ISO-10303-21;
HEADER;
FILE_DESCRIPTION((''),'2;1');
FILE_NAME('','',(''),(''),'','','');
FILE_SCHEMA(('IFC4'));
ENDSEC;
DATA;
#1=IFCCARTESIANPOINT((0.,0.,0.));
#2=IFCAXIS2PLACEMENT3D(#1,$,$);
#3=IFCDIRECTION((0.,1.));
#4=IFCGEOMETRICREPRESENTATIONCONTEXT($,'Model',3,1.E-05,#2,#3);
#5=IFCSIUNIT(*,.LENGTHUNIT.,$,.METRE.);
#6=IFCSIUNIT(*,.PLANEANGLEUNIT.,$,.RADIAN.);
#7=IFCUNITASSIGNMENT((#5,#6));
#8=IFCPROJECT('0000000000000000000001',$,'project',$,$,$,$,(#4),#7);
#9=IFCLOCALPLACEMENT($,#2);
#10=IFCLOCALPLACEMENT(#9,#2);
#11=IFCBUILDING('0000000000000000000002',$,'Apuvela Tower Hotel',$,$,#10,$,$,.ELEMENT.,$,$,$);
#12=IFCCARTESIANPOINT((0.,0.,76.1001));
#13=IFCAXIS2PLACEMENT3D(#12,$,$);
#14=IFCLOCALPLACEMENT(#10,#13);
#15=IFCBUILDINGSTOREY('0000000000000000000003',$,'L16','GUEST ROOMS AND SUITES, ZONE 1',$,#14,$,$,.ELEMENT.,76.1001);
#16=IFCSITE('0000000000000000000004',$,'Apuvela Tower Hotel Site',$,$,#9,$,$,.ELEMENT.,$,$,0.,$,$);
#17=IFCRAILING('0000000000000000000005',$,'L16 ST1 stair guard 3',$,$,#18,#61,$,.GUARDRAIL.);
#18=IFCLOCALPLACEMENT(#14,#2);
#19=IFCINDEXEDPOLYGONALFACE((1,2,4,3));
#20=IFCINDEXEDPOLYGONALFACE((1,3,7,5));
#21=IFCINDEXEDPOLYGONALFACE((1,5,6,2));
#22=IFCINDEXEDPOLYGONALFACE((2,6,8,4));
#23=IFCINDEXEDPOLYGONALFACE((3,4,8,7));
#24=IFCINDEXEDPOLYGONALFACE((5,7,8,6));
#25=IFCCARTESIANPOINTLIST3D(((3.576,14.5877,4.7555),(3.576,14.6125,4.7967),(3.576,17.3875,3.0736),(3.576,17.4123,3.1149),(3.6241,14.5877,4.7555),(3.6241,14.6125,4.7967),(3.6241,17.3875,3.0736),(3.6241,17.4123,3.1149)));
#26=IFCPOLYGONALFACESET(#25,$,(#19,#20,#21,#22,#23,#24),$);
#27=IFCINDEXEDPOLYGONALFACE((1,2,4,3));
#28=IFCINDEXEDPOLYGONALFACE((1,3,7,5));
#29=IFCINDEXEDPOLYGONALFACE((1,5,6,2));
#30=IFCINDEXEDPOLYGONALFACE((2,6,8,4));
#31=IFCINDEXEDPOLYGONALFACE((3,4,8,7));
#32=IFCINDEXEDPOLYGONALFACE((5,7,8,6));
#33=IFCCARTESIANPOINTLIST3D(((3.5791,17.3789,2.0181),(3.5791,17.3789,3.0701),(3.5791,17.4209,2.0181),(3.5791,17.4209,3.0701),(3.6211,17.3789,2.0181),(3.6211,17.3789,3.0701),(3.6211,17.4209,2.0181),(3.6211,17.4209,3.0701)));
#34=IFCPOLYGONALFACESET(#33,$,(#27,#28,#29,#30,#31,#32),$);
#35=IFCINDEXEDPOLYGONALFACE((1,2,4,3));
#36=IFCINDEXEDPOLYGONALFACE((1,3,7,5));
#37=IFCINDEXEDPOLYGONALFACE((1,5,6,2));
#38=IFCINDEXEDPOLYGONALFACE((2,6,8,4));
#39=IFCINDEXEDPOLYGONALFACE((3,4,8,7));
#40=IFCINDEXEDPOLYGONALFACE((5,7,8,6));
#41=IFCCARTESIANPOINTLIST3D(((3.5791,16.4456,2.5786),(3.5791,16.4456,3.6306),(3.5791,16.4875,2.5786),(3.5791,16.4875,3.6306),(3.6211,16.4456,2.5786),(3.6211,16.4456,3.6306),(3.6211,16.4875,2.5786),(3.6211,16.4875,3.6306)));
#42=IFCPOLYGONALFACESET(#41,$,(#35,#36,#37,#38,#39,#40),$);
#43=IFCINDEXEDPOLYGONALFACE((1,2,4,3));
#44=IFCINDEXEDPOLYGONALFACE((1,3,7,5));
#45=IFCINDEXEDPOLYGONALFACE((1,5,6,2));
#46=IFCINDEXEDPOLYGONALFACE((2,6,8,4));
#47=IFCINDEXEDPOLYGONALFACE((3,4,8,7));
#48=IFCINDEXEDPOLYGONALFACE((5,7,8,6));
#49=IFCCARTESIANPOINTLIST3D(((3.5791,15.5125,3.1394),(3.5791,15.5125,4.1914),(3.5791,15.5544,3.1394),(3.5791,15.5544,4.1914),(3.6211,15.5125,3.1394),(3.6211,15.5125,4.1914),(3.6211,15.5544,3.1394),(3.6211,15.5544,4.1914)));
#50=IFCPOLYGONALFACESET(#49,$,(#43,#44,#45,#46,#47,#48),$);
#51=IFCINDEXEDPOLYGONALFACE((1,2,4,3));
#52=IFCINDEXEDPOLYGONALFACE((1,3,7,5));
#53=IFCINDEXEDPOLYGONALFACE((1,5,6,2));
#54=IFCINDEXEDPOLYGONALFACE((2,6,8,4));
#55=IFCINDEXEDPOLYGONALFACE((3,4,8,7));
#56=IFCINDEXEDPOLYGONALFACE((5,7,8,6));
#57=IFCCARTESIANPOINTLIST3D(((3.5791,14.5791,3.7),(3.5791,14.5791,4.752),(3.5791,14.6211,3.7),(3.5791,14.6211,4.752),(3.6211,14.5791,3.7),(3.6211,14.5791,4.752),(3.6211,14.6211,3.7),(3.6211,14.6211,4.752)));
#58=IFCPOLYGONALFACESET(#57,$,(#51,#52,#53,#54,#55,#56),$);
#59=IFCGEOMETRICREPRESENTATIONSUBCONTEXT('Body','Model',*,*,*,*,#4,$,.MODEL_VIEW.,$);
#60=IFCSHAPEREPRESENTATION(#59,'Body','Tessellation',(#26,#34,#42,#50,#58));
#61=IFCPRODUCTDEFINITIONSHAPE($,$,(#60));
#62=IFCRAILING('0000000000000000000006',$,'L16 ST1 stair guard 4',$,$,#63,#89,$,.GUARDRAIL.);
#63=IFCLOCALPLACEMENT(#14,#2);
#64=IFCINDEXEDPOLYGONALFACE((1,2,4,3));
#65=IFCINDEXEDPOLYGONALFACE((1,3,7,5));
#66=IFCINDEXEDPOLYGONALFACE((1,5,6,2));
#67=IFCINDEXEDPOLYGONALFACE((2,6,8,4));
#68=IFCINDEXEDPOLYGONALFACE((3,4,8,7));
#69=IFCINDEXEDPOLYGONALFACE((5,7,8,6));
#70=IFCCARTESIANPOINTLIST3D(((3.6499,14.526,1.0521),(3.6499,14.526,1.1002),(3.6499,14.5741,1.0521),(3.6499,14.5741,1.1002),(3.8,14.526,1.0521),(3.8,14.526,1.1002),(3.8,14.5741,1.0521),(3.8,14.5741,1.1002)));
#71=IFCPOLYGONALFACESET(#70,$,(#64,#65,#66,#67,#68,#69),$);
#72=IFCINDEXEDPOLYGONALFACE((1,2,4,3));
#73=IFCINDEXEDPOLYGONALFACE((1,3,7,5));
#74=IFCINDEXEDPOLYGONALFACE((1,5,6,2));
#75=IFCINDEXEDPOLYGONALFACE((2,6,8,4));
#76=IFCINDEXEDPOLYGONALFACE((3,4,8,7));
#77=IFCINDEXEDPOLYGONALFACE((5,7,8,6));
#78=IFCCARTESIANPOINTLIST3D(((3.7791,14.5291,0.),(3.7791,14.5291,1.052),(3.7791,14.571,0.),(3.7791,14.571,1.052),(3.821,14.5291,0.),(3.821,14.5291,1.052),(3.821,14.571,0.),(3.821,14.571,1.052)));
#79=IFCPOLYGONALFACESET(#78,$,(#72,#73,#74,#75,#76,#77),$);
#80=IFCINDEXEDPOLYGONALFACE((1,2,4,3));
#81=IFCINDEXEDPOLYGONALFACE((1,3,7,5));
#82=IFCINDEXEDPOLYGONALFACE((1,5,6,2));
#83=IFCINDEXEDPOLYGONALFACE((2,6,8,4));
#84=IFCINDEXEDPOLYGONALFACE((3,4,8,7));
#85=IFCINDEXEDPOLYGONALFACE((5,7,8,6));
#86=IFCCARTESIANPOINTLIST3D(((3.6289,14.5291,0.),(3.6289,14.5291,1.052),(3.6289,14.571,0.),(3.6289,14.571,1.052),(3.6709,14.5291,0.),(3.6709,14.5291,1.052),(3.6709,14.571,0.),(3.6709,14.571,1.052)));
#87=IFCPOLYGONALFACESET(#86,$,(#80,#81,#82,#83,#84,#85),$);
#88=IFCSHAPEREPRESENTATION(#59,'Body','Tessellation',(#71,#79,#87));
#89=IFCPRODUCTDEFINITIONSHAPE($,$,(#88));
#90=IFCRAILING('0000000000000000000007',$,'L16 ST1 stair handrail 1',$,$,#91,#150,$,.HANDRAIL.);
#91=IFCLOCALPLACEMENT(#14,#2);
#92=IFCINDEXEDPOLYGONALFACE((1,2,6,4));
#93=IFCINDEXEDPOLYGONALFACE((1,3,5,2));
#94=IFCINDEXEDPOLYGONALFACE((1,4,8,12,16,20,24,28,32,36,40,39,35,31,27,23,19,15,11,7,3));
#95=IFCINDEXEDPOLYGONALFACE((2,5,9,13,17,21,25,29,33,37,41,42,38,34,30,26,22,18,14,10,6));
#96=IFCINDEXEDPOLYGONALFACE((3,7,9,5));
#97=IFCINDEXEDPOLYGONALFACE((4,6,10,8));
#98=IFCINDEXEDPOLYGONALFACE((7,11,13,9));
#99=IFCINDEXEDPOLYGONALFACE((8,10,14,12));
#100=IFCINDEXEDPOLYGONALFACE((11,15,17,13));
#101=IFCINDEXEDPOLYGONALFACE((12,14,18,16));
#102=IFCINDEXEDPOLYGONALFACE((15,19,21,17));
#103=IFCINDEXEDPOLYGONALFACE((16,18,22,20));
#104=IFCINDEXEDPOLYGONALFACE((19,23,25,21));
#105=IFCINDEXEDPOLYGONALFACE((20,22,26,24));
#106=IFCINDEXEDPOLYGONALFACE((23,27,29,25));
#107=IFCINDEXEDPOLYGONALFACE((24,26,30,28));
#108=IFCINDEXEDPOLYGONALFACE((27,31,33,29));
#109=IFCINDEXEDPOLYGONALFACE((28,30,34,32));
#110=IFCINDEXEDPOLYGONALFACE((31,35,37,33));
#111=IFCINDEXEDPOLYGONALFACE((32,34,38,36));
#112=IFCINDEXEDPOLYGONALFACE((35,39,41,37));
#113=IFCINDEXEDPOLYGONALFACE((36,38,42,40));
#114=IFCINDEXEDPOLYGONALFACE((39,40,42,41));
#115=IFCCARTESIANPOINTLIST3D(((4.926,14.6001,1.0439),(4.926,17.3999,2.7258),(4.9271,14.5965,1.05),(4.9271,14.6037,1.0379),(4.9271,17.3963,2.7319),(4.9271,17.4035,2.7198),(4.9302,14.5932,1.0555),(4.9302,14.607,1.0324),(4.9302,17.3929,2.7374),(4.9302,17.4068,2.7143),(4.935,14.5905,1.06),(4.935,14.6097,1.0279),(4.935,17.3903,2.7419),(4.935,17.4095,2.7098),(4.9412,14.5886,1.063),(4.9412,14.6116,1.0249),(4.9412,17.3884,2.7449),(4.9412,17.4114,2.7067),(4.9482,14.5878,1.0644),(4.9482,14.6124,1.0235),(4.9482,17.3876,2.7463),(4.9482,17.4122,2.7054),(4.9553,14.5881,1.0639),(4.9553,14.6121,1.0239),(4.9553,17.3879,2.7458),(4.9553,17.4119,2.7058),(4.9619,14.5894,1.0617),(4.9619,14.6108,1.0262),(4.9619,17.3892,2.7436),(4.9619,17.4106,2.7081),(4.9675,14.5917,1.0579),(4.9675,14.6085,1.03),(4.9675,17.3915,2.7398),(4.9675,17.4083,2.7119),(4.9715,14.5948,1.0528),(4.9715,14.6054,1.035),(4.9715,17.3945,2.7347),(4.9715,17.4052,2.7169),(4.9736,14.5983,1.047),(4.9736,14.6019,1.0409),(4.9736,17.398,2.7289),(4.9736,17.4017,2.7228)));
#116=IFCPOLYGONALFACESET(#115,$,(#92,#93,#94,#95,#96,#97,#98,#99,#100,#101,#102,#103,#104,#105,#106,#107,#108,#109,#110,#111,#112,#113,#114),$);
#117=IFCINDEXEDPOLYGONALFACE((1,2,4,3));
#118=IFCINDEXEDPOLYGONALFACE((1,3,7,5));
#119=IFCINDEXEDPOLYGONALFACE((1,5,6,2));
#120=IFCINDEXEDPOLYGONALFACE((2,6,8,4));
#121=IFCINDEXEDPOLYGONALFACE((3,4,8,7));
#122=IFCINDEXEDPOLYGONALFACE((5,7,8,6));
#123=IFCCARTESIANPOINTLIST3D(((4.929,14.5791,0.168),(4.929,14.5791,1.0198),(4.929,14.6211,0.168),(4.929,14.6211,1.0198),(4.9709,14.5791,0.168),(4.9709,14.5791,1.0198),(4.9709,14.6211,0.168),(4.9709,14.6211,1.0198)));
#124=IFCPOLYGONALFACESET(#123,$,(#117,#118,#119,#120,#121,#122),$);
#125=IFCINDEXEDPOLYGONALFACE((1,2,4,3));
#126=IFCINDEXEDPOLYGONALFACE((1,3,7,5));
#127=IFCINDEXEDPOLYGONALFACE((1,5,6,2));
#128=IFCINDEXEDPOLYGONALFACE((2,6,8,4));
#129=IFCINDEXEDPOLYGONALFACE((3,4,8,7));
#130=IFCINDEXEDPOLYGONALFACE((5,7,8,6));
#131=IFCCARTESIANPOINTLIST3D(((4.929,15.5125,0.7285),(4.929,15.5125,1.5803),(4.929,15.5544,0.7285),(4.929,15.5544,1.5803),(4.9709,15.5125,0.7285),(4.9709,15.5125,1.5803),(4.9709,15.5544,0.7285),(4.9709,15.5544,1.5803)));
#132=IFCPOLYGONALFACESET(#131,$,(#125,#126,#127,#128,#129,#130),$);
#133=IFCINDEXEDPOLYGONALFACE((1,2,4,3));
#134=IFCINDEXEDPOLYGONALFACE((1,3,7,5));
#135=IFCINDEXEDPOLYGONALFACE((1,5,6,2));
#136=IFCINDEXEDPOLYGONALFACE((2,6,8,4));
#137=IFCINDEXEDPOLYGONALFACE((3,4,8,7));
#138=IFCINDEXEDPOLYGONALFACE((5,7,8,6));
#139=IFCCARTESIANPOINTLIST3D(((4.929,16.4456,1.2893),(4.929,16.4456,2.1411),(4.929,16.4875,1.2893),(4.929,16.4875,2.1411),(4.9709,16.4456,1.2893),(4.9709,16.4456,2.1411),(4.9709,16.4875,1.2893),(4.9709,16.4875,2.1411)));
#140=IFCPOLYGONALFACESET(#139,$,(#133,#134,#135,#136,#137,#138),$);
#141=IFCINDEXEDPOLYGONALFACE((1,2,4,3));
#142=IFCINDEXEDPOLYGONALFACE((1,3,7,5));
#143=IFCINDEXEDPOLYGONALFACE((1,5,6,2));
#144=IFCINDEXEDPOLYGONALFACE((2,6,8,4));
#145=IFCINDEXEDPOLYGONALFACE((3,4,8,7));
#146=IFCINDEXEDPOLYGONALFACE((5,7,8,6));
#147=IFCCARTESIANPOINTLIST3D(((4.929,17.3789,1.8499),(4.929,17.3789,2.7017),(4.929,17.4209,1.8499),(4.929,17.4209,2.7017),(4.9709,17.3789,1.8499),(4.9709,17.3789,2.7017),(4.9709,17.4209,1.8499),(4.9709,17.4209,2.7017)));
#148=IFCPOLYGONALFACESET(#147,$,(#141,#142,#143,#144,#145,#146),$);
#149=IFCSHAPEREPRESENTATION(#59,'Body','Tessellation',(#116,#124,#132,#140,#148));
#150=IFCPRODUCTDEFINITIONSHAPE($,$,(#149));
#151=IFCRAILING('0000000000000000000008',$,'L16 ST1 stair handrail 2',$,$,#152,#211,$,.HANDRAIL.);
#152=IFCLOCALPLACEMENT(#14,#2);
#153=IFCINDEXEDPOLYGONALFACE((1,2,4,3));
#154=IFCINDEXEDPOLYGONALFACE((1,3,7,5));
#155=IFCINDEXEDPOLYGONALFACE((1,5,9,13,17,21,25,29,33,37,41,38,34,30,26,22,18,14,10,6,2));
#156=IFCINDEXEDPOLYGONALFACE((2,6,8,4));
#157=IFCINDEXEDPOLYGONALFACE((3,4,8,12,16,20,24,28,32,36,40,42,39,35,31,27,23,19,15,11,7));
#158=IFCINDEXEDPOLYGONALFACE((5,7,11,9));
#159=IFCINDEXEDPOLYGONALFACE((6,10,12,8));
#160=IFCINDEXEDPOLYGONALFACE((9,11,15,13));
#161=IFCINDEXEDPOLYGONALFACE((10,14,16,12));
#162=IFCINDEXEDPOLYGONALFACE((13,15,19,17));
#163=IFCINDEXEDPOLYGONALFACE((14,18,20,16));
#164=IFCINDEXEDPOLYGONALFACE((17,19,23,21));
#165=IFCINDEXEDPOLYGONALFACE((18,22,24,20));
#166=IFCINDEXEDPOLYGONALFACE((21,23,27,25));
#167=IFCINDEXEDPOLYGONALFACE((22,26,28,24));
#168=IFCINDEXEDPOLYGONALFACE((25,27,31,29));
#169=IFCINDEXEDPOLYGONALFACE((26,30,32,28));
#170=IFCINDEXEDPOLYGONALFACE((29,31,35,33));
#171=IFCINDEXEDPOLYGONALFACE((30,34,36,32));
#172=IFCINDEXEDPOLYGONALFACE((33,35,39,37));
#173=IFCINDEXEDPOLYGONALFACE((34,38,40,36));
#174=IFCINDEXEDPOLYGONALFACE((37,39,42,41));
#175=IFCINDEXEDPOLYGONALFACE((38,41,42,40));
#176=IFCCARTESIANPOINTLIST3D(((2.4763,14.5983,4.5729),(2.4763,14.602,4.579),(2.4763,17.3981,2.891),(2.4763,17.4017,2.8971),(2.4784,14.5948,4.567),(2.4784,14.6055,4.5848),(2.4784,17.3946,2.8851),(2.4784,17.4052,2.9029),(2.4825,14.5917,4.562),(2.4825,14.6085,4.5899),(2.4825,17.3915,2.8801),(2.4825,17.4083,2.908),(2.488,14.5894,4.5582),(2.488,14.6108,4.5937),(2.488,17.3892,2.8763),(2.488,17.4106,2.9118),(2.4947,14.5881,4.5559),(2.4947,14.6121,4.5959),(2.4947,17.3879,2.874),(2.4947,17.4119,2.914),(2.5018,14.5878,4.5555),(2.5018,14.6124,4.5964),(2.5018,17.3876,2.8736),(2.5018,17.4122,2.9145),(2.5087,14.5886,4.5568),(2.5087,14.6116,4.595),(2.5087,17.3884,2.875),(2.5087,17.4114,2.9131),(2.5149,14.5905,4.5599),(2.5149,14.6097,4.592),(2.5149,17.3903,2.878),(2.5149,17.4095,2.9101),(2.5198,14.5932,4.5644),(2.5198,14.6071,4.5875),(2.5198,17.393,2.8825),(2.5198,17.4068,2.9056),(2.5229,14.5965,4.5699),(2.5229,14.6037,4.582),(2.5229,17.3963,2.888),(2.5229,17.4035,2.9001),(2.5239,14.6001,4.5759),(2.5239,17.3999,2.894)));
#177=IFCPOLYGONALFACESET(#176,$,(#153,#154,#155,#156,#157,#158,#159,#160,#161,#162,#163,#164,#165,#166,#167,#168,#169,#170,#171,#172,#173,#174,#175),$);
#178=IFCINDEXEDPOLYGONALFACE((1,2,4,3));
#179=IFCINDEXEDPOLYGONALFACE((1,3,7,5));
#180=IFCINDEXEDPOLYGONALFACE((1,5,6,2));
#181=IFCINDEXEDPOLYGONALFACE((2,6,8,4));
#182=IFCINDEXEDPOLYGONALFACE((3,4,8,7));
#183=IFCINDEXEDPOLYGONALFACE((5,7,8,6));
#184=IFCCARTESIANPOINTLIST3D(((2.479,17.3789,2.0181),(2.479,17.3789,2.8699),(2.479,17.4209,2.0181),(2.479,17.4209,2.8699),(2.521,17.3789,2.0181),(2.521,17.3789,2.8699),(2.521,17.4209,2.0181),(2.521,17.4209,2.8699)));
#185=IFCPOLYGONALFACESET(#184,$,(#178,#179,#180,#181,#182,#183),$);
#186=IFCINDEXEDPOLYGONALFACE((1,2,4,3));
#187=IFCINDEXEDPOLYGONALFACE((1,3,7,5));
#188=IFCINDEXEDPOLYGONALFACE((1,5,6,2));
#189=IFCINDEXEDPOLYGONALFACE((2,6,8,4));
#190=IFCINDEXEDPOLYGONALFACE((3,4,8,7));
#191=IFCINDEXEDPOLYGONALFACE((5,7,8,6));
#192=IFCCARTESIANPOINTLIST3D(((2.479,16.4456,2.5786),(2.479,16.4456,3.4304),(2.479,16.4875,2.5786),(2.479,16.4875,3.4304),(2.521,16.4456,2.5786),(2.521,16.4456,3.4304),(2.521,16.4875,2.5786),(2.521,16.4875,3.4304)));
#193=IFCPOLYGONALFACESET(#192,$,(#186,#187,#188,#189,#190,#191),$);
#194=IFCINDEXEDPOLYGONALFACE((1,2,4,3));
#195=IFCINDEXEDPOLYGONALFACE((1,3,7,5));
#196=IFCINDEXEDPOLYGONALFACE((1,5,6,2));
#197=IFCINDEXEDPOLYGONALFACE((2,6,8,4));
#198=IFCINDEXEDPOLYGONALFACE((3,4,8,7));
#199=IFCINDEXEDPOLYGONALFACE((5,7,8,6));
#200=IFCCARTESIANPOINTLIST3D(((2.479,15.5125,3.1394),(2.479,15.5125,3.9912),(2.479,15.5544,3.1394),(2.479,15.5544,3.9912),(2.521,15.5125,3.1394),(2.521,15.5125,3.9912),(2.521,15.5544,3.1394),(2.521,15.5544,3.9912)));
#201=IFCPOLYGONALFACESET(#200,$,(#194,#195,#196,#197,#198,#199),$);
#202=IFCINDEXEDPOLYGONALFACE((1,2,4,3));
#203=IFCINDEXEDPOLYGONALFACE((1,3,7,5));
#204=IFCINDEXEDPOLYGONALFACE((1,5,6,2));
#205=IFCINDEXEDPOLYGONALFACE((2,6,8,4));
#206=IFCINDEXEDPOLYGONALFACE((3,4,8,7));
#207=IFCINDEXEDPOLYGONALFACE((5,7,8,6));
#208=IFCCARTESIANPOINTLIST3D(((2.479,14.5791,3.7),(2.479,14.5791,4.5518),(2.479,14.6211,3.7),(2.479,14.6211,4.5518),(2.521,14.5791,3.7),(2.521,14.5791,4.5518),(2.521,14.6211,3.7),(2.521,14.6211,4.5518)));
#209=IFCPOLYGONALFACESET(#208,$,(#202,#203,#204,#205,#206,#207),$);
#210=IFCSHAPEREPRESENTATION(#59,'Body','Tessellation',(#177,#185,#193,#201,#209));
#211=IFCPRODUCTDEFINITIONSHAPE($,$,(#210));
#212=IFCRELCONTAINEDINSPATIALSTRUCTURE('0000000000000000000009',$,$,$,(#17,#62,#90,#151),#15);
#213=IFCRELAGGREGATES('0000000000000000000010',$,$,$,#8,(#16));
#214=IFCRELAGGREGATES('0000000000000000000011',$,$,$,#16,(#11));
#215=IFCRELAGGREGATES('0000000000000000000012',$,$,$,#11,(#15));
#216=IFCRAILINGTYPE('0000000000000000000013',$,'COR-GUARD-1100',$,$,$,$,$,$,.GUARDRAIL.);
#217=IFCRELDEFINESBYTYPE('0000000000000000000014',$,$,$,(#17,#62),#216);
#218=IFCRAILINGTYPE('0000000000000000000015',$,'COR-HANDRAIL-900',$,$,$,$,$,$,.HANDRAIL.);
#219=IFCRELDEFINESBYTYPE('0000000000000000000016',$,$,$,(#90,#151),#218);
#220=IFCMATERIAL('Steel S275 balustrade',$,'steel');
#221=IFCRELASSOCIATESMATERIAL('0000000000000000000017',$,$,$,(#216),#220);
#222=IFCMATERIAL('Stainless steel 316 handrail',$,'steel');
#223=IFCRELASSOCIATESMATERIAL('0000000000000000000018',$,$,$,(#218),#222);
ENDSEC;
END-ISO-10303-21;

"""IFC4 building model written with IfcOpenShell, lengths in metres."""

from ifc_helpers import new_model, si_unit, direction, frame, origin, origin_2d, place, context, subcontext, project, spatial, rectangle, circle, extrude, material, type_object, element, save


model = new_model("IFC4")

# Units and contexts
model_context = context("Model", 3, precision=1e-05, world=origin(), true_north=direction((0.0, 1.0)))
body_context = subcontext(model_context, "Body", "Model", "MODEL_VIEW")
ifc_project = project(units=[si_unit("LENGTHUNIT", "METRE"), si_unit("PLANEANGLEUNIT", "RADIAN")], contexts=[model_context])

# Site, building, storey
site_placement = place(None, origin())
site = spatial("IfcSite", under=ifc_project, at=site_placement, Name="Apuvela Tower Hotel Site", CompositionType="ELEMENT", RefElevation=0.0)
building_placement = place(site_placement, origin())
building = spatial("IfcBuilding", under=site, at=building_placement, Name="Apuvela Tower Hotel", CompositionType="ELEMENT")
storey_placement = place(building_placement, frame((0.0, 0.0, 76.1001)))
storey = spatial("IfcBuildingStorey", under=building, at=storey_placement, Name="L16", Description="GUEST ROOMS AND SUITES, ZONE 1", CompositionType="ELEMENT", Elevation=76.1001)

# Railings
ifc_material_1 = material(Name="Steel S275 balustrade", Category="steel")
railing_type_1 = type_object("IfcRailingType", Name="COR-GUARD-1100", PredefinedType="GUARDRAIL", material=ifc_material_1)
railing_1_placement = place(storey_placement, frame((3.6001, 17.3999, 2.0181)))
element("IfcRailing", 1, at=railing_1_placement, inside=storey, type_object=railing_type_1, Name="L16 ST1 stair guard 3", PredefinedType="GUARDRAIL", context=body_context, shape_type="SweptSolid", body=[
    extrude(rectangle(XDim=0.0481, YDim=0.0481, at=origin_2d()), frame((0.0, 0.0, 1.0762), z_axis=(0.0, -0.857222, 0.514946), x_axis=(1.0, 0.0, 0.0)), (0.0, 0.0, 1.0), 3.2661),
    extrude(rectangle(XDim=0.042, YDim=0.042, at=origin_2d()), origin(), (0.0, 0.0, 1.0), 1.052),
    extrude(rectangle(XDim=0.042, YDim=0.042, at=origin_2d()), frame((0.0, -0.9333, 0.5605)), (0.0, 0.0, 1.0), 1.052),
    extrude(rectangle(XDim=0.042, YDim=0.042, at=origin_2d()), frame((0.0, -1.8665, 1.1213)), (0.0, 0.0, 1.0), 1.052),
    extrude(rectangle(XDim=0.042, YDim=0.042, at=origin_2d()), frame((0.0, -2.7998, 1.6819)), (0.0, 0.0, 1.0), 1.052),
])
railing_2_placement = place(storey_placement, frame((3.8, 14.55, 0.0)))
element("IfcRailing", 2, at=railing_2_placement, inside=storey, type_object=railing_type_1, Name="L16 ST1 stair guard 4", PredefinedType="GUARDRAIL", context=body_context, shape_type="SweptSolid", body=[
    extrude(rectangle(XDim=0.0481, YDim=0.0481, at=origin_2d()), frame((0.0, 0.0, 1.0762), z_axis=(-1.0, 0.0, 0.0), x_axis=(0.0, -1.0, 0.0)), (0.0, 0.0, 1.0), 0.1501),
    extrude(rectangle(XDim=0.042, YDim=0.042, at=origin_2d()), origin(), (0.0, 0.0, 1.0), 1.052),
    extrude(rectangle(XDim=0.042, YDim=0.042, at=origin_2d()), frame((-0.1501, 0.0, 0.0)), (0.0, 0.0, 1.0), 1.052),
])
ifc_material_2 = material(Name="Stainless steel 316 handrail", Category="steel")
railing_type_2 = type_object("IfcRailingType", Name="COR-HANDRAIL-900", PredefinedType="HANDRAIL", material=ifc_material_2)
railing_3_placement = place(storey_placement, frame((4.95, 14.6001, 0.168)))
element("IfcRailing", 3, at=railing_3_placement, inside=storey, type_object=railing_type_2, Name="L16 ST1 stair handrail 1", PredefinedType="HANDRAIL", context=body_context, shape_type="SweptSolid", body=[
    extrude(circle(Radius=0.0239, at=origin_2d()), frame((0.0, 0.0, 0.876), z_axis=(0.0, 0.857222, 0.514946), x_axis=(-1.0, 0.0, 0.0)), (0.0, 0.0, 1.0), 3.2661),
    extrude(rectangle(XDim=0.042, YDim=0.042, at=origin_2d()), origin(), (0.0, 0.0, 1.0), 0.8518),
    extrude(rectangle(XDim=0.042, YDim=0.042, at=origin_2d()), frame((0.0, 0.9333, 0.5605)), (0.0, 0.0, 1.0), 0.8518),
    extrude(rectangle(XDim=0.042, YDim=0.042, at=origin_2d()), frame((0.0, 1.8665, 1.1213)), (0.0, 0.0, 1.0), 0.8518),
    extrude(rectangle(XDim=0.042, YDim=0.042, at=origin_2d()), frame((0.0, 2.7998, 1.6819)), (0.0, 0.0, 1.0), 0.8518),
])
railing_4_placement = place(storey_placement, frame((2.5, 17.3999, 2.0181)))
element("IfcRailing", 4, at=railing_4_placement, inside=storey, type_object=railing_type_2, Name="L16 ST1 stair handrail 2", PredefinedType="HANDRAIL", context=body_context, shape_type="SweptSolid", body=[
    extrude(circle(Radius=0.0239, at=origin_2d()), frame((0.0, 0.0, 0.876), z_axis=(0.0, -0.857222, 0.514946), x_axis=(1.0, 0.0, 0.0)), (0.0, 0.0, 1.0), 3.2661),
    extrude(rectangle(XDim=0.042, YDim=0.042, at=origin_2d()), origin(), (0.0, 0.0, 1.0), 0.8518),
    extrude(rectangle(XDim=0.042, YDim=0.042, at=origin_2d()), frame((0.0, -0.9333, 0.5605)), (0.0, 0.0, 1.0), 0.8518),
    extrude(rectangle(XDim=0.042, YDim=0.042, at=origin_2d()), frame((0.0, -1.8665, 1.1213)), (0.0, 0.0, 1.0), 0.8518),
    extrude(rectangle(XDim=0.042, YDim=0.042, at=origin_2d()), frame((0.0, -2.7998, 1.6819)), (0.0, 0.0, 1.0), 0.8518),
])

save(model, "model.ifc")
